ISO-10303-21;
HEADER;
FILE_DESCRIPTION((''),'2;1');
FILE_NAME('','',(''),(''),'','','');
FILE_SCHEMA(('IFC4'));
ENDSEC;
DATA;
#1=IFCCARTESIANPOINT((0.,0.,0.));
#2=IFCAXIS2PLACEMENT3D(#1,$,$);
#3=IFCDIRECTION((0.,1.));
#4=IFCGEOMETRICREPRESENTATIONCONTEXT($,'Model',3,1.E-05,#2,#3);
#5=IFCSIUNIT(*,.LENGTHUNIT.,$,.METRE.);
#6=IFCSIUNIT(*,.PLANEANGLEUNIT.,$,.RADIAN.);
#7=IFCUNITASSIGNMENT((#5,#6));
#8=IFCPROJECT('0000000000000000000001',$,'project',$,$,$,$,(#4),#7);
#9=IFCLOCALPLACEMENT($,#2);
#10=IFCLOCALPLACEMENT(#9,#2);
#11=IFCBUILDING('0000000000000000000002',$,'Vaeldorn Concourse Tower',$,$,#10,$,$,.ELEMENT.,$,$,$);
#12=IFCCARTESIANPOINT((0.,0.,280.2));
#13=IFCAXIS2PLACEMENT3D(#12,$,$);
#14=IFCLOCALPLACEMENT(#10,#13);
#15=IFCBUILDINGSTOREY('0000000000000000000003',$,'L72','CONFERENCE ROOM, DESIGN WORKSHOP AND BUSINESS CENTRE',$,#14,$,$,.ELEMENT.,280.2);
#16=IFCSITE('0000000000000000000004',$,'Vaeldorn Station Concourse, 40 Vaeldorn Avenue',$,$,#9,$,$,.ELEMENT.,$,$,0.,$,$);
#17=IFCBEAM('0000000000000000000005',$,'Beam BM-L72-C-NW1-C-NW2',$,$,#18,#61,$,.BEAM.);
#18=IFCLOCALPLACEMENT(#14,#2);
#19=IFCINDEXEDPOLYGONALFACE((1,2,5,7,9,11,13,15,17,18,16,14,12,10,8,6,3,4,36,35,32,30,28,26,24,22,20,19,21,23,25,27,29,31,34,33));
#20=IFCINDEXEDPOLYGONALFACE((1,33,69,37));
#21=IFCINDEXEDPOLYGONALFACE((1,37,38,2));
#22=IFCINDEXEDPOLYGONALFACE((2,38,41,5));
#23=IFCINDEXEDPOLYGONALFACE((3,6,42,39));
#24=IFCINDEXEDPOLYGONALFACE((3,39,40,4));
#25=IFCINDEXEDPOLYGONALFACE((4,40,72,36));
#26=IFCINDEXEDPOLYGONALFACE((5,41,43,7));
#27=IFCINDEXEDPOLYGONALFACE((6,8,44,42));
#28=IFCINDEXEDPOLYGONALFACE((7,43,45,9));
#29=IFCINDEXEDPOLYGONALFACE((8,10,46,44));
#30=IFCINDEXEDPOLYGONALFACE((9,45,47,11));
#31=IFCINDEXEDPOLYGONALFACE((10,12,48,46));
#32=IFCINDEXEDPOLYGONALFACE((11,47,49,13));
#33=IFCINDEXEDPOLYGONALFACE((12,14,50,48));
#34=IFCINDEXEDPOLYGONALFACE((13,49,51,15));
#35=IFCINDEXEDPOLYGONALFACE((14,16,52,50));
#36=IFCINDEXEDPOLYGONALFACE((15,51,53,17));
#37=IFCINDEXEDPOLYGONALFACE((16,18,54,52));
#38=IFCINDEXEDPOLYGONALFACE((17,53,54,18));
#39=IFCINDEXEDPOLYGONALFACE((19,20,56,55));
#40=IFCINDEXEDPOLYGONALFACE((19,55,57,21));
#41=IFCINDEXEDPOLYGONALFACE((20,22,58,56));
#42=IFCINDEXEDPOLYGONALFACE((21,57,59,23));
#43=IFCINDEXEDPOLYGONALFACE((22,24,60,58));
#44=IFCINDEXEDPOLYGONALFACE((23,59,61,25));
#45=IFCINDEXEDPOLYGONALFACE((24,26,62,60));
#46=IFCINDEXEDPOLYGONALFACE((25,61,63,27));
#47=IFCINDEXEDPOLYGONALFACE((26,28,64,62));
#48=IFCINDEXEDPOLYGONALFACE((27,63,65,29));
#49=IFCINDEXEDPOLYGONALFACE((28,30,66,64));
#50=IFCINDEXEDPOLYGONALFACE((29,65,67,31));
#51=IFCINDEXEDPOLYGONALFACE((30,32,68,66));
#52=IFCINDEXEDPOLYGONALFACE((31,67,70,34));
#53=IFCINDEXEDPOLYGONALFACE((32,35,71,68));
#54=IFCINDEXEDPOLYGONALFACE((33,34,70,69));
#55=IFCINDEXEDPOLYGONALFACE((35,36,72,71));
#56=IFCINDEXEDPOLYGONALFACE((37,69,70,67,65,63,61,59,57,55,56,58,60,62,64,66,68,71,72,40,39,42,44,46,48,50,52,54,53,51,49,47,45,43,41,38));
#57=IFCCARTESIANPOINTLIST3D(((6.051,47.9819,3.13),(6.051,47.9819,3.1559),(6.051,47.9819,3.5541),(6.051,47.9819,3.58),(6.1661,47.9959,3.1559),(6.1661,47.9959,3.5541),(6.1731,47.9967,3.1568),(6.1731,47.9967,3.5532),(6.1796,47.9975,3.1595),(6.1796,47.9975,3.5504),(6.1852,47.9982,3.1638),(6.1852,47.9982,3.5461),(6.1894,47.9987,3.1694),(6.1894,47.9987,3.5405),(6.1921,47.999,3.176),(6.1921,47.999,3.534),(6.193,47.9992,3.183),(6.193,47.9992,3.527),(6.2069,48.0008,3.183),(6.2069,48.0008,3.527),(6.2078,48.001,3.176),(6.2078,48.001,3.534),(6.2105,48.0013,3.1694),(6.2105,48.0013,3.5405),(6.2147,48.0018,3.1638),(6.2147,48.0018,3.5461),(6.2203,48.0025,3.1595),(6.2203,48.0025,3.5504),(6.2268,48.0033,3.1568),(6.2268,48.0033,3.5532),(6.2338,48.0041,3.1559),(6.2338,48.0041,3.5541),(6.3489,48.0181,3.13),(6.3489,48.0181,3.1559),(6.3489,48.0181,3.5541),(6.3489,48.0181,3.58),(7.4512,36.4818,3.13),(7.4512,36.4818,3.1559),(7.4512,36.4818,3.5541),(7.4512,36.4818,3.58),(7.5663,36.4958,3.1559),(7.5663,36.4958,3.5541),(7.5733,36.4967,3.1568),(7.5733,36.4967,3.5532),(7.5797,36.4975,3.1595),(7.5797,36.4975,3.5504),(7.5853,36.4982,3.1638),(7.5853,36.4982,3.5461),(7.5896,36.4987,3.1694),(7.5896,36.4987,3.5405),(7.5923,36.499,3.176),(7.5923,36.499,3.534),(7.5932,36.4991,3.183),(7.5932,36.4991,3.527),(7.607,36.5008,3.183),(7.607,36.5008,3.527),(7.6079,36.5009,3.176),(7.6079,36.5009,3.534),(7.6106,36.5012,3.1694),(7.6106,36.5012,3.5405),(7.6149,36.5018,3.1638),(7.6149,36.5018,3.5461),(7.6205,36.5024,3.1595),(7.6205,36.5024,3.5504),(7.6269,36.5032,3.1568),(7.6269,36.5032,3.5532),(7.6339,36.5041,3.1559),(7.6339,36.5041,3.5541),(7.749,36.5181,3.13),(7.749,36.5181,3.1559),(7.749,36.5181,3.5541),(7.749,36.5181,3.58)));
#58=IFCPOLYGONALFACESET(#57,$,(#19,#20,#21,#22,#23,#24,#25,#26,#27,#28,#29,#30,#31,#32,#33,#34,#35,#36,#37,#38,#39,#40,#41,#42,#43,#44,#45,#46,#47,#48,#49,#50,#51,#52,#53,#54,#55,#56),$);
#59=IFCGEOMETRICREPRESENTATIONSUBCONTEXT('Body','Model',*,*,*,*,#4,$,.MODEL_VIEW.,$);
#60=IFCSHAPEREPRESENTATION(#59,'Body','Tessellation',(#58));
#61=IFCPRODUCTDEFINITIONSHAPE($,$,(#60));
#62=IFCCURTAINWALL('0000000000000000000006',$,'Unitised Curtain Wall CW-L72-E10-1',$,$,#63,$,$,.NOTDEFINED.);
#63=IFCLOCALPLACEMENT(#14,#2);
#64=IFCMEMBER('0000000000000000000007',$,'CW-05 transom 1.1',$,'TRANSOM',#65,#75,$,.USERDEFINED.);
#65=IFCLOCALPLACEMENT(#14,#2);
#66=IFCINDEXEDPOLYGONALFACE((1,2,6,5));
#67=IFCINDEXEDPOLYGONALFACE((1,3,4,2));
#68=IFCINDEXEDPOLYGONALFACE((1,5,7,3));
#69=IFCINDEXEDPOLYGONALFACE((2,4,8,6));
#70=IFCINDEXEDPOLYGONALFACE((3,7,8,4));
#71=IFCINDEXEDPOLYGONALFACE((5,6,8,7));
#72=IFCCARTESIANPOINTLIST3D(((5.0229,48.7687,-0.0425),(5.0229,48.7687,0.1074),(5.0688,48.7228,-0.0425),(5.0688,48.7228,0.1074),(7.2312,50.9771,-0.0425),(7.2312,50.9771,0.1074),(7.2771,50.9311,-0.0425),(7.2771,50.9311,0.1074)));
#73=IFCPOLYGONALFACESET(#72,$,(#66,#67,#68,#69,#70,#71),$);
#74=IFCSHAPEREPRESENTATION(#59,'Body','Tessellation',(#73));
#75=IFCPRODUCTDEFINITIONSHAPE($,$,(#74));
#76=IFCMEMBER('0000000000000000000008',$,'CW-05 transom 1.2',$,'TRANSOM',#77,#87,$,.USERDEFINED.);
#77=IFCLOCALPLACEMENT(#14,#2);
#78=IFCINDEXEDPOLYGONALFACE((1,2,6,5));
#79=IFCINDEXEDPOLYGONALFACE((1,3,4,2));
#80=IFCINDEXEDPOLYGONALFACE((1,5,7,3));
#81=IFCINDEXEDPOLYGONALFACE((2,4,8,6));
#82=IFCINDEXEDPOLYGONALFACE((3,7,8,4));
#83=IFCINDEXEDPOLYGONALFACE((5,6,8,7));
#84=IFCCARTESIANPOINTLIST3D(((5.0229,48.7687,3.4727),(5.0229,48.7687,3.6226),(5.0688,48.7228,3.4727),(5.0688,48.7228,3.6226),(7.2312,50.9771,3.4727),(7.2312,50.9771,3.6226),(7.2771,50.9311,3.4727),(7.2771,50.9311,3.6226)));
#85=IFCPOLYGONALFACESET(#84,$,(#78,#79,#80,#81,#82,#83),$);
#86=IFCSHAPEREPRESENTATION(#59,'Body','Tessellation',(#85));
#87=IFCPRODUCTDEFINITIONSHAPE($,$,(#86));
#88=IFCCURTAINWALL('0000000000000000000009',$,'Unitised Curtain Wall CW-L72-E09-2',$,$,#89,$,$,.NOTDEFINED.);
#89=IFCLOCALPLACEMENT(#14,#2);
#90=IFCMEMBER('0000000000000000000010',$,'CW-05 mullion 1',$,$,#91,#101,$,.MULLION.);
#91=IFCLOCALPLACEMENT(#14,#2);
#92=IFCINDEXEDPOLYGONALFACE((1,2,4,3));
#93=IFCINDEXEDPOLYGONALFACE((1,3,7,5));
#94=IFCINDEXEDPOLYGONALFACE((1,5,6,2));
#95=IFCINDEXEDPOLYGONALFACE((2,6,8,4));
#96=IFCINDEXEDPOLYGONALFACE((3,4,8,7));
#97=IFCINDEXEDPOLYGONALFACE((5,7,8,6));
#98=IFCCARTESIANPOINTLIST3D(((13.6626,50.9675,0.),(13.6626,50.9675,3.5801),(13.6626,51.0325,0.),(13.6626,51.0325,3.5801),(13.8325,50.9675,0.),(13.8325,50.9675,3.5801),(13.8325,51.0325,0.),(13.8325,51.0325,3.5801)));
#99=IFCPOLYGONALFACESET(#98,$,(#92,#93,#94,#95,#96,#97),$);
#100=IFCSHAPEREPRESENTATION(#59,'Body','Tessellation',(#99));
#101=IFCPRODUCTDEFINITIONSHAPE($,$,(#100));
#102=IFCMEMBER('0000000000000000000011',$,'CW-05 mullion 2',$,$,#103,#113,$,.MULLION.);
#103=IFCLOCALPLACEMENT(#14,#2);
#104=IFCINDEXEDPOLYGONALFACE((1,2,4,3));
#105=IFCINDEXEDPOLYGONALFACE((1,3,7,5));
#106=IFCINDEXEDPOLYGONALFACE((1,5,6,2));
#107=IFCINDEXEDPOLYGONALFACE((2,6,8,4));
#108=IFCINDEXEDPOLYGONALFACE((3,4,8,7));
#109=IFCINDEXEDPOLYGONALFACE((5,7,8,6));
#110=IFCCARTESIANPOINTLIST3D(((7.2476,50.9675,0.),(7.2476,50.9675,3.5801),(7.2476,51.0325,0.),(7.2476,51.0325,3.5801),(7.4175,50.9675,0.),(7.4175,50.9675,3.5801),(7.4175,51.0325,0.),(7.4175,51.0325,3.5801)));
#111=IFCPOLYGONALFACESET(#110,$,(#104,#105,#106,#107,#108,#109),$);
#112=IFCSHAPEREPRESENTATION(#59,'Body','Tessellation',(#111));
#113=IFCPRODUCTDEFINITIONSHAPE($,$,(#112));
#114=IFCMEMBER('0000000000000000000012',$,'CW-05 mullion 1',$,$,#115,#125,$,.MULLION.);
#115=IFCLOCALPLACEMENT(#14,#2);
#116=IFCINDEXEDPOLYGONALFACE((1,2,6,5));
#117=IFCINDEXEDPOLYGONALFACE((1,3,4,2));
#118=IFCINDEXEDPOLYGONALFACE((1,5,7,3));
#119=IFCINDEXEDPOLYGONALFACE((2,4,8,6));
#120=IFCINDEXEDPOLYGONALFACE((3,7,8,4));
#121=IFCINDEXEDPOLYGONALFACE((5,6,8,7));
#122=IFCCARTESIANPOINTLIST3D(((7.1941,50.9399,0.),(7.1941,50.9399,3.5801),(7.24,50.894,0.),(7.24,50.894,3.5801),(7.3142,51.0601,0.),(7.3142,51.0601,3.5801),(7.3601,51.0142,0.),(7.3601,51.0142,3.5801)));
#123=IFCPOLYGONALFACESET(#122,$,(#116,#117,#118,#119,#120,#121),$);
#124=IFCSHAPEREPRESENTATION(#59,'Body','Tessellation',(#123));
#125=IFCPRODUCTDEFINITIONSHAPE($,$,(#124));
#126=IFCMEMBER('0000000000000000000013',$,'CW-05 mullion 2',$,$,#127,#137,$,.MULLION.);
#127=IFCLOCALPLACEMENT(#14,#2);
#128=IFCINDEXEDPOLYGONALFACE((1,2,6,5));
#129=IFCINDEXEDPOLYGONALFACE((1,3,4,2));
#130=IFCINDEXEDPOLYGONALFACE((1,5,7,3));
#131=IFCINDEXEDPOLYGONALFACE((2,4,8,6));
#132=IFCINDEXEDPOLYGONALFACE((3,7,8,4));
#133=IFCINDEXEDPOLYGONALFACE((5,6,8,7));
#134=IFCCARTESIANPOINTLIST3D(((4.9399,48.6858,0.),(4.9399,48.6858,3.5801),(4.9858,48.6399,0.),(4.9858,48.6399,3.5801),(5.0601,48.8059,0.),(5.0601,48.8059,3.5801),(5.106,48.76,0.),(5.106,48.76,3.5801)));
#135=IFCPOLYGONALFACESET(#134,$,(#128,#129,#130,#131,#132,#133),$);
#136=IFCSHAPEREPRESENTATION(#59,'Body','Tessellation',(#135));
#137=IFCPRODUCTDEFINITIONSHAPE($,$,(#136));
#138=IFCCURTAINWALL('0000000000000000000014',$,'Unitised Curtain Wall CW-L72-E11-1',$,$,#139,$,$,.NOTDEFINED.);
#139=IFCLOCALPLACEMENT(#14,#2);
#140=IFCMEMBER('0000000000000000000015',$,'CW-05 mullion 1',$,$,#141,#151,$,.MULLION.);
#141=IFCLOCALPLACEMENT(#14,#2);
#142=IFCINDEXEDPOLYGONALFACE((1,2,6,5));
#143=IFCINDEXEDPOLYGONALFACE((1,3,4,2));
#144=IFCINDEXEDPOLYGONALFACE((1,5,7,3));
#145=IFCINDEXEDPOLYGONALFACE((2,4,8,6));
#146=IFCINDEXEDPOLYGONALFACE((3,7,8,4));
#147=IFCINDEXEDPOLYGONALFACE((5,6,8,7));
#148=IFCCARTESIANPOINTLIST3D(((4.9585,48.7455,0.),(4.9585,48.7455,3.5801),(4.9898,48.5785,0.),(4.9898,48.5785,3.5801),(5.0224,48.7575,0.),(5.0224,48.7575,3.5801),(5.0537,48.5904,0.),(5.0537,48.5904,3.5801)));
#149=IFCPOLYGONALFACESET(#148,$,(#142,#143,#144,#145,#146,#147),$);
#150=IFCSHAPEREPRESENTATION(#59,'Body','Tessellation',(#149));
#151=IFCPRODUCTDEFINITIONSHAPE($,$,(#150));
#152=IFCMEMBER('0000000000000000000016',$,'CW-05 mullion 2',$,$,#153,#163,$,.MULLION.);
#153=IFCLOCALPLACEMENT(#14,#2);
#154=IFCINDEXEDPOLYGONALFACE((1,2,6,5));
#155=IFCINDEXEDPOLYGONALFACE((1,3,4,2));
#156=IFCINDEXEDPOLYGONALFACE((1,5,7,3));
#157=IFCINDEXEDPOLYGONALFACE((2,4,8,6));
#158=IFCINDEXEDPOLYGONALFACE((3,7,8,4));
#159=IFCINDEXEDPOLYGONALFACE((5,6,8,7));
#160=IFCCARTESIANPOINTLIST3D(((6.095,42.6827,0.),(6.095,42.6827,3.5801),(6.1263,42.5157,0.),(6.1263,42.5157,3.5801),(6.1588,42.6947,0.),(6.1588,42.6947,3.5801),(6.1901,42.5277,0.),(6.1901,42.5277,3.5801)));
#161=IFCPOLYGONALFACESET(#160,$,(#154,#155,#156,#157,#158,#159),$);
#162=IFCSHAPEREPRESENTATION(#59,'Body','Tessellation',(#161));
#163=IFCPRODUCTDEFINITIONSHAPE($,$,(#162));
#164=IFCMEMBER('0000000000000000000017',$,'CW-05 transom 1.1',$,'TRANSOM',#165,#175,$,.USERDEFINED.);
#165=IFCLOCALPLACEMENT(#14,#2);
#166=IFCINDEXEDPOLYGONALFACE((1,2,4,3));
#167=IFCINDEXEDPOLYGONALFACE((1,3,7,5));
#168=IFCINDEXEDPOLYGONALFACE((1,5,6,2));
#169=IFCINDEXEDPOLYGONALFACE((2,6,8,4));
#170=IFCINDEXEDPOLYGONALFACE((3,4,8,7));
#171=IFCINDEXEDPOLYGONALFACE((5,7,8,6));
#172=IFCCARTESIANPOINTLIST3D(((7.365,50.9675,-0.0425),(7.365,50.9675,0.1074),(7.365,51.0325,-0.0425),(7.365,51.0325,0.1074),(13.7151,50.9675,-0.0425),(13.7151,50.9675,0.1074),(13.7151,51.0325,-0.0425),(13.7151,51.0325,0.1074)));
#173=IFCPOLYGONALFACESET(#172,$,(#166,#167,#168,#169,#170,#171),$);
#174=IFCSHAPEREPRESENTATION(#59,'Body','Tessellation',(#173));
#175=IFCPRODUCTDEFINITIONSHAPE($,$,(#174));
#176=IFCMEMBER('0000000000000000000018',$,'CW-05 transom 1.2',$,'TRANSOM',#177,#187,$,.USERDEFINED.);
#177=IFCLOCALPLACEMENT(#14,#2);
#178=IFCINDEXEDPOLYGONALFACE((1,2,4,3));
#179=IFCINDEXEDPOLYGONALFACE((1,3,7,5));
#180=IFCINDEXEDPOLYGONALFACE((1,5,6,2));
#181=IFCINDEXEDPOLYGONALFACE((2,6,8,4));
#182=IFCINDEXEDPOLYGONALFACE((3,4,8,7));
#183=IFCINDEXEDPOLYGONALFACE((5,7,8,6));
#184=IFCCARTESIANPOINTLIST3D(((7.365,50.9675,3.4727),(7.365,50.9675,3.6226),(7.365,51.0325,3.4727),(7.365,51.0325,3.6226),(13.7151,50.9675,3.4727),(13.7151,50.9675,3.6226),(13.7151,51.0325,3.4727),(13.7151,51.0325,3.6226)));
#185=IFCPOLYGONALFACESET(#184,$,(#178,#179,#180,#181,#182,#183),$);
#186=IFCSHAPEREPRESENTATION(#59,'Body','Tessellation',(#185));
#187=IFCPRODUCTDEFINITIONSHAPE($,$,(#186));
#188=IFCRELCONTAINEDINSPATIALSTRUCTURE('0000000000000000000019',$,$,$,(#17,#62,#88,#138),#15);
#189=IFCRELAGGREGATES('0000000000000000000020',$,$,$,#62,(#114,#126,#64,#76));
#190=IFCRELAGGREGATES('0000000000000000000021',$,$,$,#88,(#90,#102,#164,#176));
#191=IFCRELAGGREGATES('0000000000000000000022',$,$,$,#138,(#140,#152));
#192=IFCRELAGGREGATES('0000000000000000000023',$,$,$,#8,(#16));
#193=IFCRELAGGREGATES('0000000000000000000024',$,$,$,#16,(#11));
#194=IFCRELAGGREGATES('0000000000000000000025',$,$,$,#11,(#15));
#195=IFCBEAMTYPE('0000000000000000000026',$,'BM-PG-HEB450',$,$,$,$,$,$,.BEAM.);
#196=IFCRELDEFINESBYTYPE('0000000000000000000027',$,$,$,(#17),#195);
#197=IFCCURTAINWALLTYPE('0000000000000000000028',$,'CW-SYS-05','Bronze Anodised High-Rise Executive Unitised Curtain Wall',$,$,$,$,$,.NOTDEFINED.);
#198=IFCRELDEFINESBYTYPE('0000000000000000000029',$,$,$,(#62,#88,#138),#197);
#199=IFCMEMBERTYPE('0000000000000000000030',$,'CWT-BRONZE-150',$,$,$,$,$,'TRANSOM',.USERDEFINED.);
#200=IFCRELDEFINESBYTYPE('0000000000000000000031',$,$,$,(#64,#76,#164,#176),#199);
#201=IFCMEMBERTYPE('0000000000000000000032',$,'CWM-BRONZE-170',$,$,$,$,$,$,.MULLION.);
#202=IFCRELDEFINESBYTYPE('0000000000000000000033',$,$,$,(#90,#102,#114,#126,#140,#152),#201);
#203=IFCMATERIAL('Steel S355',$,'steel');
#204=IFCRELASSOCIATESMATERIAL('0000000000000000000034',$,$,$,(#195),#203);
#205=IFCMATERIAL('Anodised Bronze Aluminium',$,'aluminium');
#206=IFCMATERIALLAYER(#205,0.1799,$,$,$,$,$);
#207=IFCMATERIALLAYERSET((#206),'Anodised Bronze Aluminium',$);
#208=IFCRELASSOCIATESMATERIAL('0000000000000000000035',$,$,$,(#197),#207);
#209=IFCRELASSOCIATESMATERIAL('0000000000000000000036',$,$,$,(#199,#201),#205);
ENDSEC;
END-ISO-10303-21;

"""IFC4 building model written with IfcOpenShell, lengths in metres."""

from ifc_helpers import new_model, si_unit, direction, frame, origin, origin_2d, place, context, subcontext, project, spatial, rectangle, i_section, extrude, source, transform, mapped, material, layer, layer_set, material_profile, profile_set, type_object, element, aggregate, save


model = new_model("IFC4")

# Units and contexts
model_context = context("Model", 3, precision=1e-05, world=origin(), true_north=direction((0.0, 1.0)))
body_context = subcontext(model_context, "Body", "Model", "MODEL_VIEW")
ifc_project = project(units=[si_unit("LENGTHUNIT", "METRE"), si_unit("PLANEANGLEUNIT", "RADIAN")], contexts=[model_context])

# Site, building, storey
site_placement = place(None, origin())
site = spatial("IfcSite", under=ifc_project, at=site_placement, Name="Vaeldorn Station Concourse, 40 Vaeldorn Avenue", CompositionType="ELEMENT", RefElevation=0.0)
building_placement = place(site_placement, origin())
building = spatial("IfcBuilding", under=site, at=building_placement, Name="Vaeldorn Concourse Tower", CompositionType="ELEMENT")
storey_placement = place(building_placement, frame((0.0, 0.0, 280.2)))
storey = spatial("IfcBuildingStorey", under=building, at=storey_placement, Name="L72", Description="CONFERENCE ROOM, DESIGN WORKSHOP AND BUSINESS CENTRE", CompositionType="ELEMENT", Elevation=280.2)

# Shared definitions
ifc_material_1 = material(Name="Steel S355", Category="steel")

# Beam
ifc_material_profile_1 = material_profile(ifc_material_1, i_section(OverallWidth=0.3, OverallDepth=0.45, WebThickness=0.0139, FlangeThickness=0.0259, FilletRadius=0.0271, at=origin_2d()), Name="HEB 450")
ifc_profile_set_1 = profile_set([ifc_material_profile_1], Name="Steel S355")
beam_type_1 = type_object("IfcBeamType", Name="BM-PG-HEB450", PredefinedType="BEAM", material=ifc_profile_set_1)
shared_shape_1 = source(origin(), body_context, "Body", "SweptSolid", [
    extrude(i_section(OverallWidth=0.3, OverallDepth=0.45, WebThickness=0.0139, FlangeThickness=0.0259, FilletRadius=0.0271, at=origin_2d()), origin(), (0.0, 0.0, 1.0), 11.585),
])
beam_1_placement = place(storey_placement, frame((6.2, 48.0, 3.355), z_axis=(0.120859, -0.99267, 0.0), x_axis=(0.99267, 0.120859, 0.0)))
element("IfcBeam", 1, at=beam_1_placement, inside=storey, type_object=beam_type_1, Name="Beam BM-L72-C-NW1-C-NW2", PredefinedType="BEAM", context=body_context, shape_type="MappedRepresentation", body=[
    mapped(shared_shape_1, transform((0.0, 0.0, 0.0), scale=1.0)),
])

# Curtain walls, members
ifc_material_2 = material(Name="Anodised Bronze Aluminium", Category="aluminium")
ifc_layer_1 = layer(ifc_material_2, 0.1799)
ifc_layer_set_1 = layer_set([ifc_layer_1], Name="Anodised Bronze Aluminium")
curtain_wall_type = type_object("IfcCurtainWallType", Name="CW-SYS-05", Description="Bronze Anodised High-Rise Executive Unitised Curtain Wall", PredefinedType="NOTDEFINED", material=ifc_layer_set_1)
curtain_wall_1_placement = place(storey_placement, origin())
curtain_wall_1 = element("IfcCurtainWall", 2, at=curtain_wall_1_placement, inside=storey, type_object=curtain_wall_type, Name="Unitised Curtain Wall CW-L72-E10-1", PredefinedType="NOTDEFINED")
ifc_material_profile_2 = material_profile(ifc_material_2, rectangle(XDim=0.0649, YDim=0.1499, at=origin_2d()), Name="CWT 65x150")
ifc_profile_set_2 = profile_set([ifc_material_profile_2], Name="Anodised Bronze Aluminium")
member_type_1 = type_object("IfcMemberType", Name="CWT-BRONZE-150", ElementType="TRANSOM", PredefinedType="USERDEFINED", material=ifc_profile_set_2)
shared_shape_2 = source(origin(), body_context, "Body", "SweptSolid", [
    extrude(rectangle(XDim=0.0649, YDim=0.1499, at=origin_2d()), origin(), (0.0, 0.0, 1.0), 3.123),
])
member_1_placement = place(storey_placement, frame((7.2542, 50.9541, 0.0325), z_axis=(-0.707107, -0.707107, 0.0), x_axis=(0.707107, -0.707107, 0.0)))
member_1 = element("IfcMember", 3, at=member_1_placement, type_object=member_type_1, Name="CW-05 transom 1.1", ObjectType="TRANSOM", PredefinedType="USERDEFINED", context=body_context, shape_type="MappedRepresentation", body=[
    mapped(shared_shape_2, transform((0.0, 0.0, 0.0), scale=1.0)),
])
member_2_placement = place(storey_placement, frame((7.2542, 50.9541, 3.5476), z_axis=(-0.707107, -0.707107, 0.0), x_axis=(0.707107, -0.707107, 0.0)))
member_2 = element("IfcMember", 4, at=member_2_placement, type_object=member_type_1, Name="CW-05 transom 1.2", ObjectType="TRANSOM", PredefinedType="USERDEFINED", context=body_context, shape_type="MappedRepresentation", body=[
    mapped(shared_shape_2, transform((0.0, 0.0, 0.0), scale=1.0)),
])
curtain_wall_2_placement = place(storey_placement, origin())
curtain_wall_2 = element("IfcCurtainWall", 5, at=curtain_wall_2_placement, inside=storey, type_object=curtain_wall_type, Name="Unitised Curtain Wall CW-L72-E09-2", PredefinedType="NOTDEFINED")
ifc_material_profile_3 = material_profile(ifc_material_2, rectangle(XDim=0.0649, YDim=0.1699, at=origin_2d()), Name="CWM 65x170")
ifc_profile_set_3 = profile_set([ifc_material_profile_3], Name="Anodised Bronze Aluminium")
member_type_2 = type_object("IfcMemberType", Name="CWM-BRONZE-170", PredefinedType="MULLION", material=ifc_profile_set_3)
shared_shape_3 = source(origin(), body_context, "Body", "SweptSolid", [
    extrude(rectangle(XDim=0.0649, YDim=0.1699, at=origin_2d()), origin(), (0.0, 0.0, 1.0), 3.5801),
])
member_3_placement = place(storey_placement, frame((13.7476, 51.0, 0.0), z_axis=(0.0, 0.0, 1.0), x_axis=(0.0, -1.0, 0.0)))
member_3 = element("IfcMember", 6, at=member_3_placement, type_object=member_type_2, Name="CW-05 mullion 1", PredefinedType="MULLION", context=body_context, shape_type="MappedRepresentation", body=[
    mapped(shared_shape_3, transform((0.0, 0.0, 0.0), scale=1.0)),
])
member_4_placement = place(storey_placement, frame((7.3325, 51.0, 0.0), z_axis=(0.0, 0.0, 1.0), x_axis=(0.0, -1.0, 0.0)))
member_4 = element("IfcMember", 7, at=member_4_placement, type_object=member_type_2, Name="CW-05 mullion 2", PredefinedType="MULLION", context=body_context, shape_type="MappedRepresentation", body=[
    mapped(shared_shape_3, transform((0.0, 0.0, 0.0), scale=1.0)),
])

# Members
member_5_placement = place(storey_placement, frame((7.2771, 50.9771, 0.0), z_axis=(0.0, 0.0, 1.0), x_axis=(0.707107, -0.707107, 0.0)))
member_5 = element("IfcMember", 8, at=member_5_placement, type_object=member_type_2, Name="CW-05 mullion 1", PredefinedType="MULLION", context=body_context, shape_type="MappedRepresentation", body=[
    mapped(shared_shape_3, transform((0.0, 0.0, 0.0), scale=1.0)),
])
member_6_placement = place(storey_placement, frame((5.0229, 48.7229, 0.0), z_axis=(0.0, 0.0, 1.0), x_axis=(0.707107, -0.707107, 0.0)))
member_6 = element("IfcMember", 9, at=member_6_placement, type_object=member_type_2, Name="CW-05 mullion 2", PredefinedType="MULLION", context=body_context, shape_type="MappedRepresentation", body=[
    mapped(shared_shape_3, transform((0.0, 0.0, 0.0), scale=1.0)),
])

# Curtain wall, members
curtain_wall_3_placement = place(storey_placement, origin())
curtain_wall_3 = element("IfcCurtainWall", 10, at=curtain_wall_3_placement, inside=storey, type_object=curtain_wall_type, Name="Unitised Curtain Wall CW-L72-E11-1", PredefinedType="NOTDEFINED")
member_7_placement = place(storey_placement, frame((5.0061, 48.668, 0.0), z_axis=(0.0, 0.0, 1.0), x_axis=(0.98288, 0.184246, 0.0)))
member_7 = element("IfcMember", 11, at=member_7_placement, type_object=member_type_2, Name="CW-05 mullion 1", PredefinedType="MULLION", context=body_context, shape_type="MappedRepresentation", body=[
    mapped(shared_shape_3, transform((0.0, 0.0, 0.0), scale=1.0)),
])
member_8_placement = place(storey_placement, frame((6.1426, 42.6052, 0.0), z_axis=(0.0, 0.0, 1.0), x_axis=(0.98288, 0.184246, 0.0)))
member_8 = element("IfcMember", 12, at=member_8_placement, type_object=member_type_2, Name="CW-05 mullion 2", PredefinedType="MULLION", context=body_context, shape_type="MappedRepresentation", body=[
    mapped(shared_shape_3, transform((0.0, 0.0, 0.0), scale=1.0)),
])

# Members
shared_shape_4 = source(origin(), body_context, "Body", "SweptSolid", [
    extrude(rectangle(XDim=0.0649, YDim=0.1499, at=origin_2d()), origin(), (0.0, 0.0, 1.0), 6.3501),
])
member_9_placement = place(storey_placement, frame((13.7151, 51.0, 0.0325), z_axis=(-1.0, 0.0, 0.0), x_axis=(0.0, -1.0, 0.0)))
member_9 = element("IfcMember", 13, at=member_9_placement, type_object=member_type_1, Name="CW-05 transom 1.1", ObjectType="TRANSOM", PredefinedType="USERDEFINED", context=body_context, shape_type="MappedRepresentation", body=[
    mapped(shared_shape_4, transform((0.0, 0.0, 0.0), scale=1.0)),
])
member_10_placement = place(storey_placement, frame((13.7151, 51.0, 3.5476), z_axis=(-1.0, 0.0, 0.0), x_axis=(0.0, -1.0, 0.0)))
member_10 = element("IfcMember", 14, at=member_10_placement, type_object=member_type_1, Name="CW-05 transom 1.2", ObjectType="TRANSOM", PredefinedType="USERDEFINED", context=body_context, shape_type="MappedRepresentation", body=[
    mapped(shared_shape_4, transform((0.0, 0.0, 0.0), scale=1.0)),
])

aggregate(curtain_wall_1, [member_5, member_6, member_1, member_2])
aggregate(curtain_wall_2, [member_3, member_4, member_9, member_10])
aggregate(curtain_wall_3, [member_7, member_8])

save(model, "model.ifc")
